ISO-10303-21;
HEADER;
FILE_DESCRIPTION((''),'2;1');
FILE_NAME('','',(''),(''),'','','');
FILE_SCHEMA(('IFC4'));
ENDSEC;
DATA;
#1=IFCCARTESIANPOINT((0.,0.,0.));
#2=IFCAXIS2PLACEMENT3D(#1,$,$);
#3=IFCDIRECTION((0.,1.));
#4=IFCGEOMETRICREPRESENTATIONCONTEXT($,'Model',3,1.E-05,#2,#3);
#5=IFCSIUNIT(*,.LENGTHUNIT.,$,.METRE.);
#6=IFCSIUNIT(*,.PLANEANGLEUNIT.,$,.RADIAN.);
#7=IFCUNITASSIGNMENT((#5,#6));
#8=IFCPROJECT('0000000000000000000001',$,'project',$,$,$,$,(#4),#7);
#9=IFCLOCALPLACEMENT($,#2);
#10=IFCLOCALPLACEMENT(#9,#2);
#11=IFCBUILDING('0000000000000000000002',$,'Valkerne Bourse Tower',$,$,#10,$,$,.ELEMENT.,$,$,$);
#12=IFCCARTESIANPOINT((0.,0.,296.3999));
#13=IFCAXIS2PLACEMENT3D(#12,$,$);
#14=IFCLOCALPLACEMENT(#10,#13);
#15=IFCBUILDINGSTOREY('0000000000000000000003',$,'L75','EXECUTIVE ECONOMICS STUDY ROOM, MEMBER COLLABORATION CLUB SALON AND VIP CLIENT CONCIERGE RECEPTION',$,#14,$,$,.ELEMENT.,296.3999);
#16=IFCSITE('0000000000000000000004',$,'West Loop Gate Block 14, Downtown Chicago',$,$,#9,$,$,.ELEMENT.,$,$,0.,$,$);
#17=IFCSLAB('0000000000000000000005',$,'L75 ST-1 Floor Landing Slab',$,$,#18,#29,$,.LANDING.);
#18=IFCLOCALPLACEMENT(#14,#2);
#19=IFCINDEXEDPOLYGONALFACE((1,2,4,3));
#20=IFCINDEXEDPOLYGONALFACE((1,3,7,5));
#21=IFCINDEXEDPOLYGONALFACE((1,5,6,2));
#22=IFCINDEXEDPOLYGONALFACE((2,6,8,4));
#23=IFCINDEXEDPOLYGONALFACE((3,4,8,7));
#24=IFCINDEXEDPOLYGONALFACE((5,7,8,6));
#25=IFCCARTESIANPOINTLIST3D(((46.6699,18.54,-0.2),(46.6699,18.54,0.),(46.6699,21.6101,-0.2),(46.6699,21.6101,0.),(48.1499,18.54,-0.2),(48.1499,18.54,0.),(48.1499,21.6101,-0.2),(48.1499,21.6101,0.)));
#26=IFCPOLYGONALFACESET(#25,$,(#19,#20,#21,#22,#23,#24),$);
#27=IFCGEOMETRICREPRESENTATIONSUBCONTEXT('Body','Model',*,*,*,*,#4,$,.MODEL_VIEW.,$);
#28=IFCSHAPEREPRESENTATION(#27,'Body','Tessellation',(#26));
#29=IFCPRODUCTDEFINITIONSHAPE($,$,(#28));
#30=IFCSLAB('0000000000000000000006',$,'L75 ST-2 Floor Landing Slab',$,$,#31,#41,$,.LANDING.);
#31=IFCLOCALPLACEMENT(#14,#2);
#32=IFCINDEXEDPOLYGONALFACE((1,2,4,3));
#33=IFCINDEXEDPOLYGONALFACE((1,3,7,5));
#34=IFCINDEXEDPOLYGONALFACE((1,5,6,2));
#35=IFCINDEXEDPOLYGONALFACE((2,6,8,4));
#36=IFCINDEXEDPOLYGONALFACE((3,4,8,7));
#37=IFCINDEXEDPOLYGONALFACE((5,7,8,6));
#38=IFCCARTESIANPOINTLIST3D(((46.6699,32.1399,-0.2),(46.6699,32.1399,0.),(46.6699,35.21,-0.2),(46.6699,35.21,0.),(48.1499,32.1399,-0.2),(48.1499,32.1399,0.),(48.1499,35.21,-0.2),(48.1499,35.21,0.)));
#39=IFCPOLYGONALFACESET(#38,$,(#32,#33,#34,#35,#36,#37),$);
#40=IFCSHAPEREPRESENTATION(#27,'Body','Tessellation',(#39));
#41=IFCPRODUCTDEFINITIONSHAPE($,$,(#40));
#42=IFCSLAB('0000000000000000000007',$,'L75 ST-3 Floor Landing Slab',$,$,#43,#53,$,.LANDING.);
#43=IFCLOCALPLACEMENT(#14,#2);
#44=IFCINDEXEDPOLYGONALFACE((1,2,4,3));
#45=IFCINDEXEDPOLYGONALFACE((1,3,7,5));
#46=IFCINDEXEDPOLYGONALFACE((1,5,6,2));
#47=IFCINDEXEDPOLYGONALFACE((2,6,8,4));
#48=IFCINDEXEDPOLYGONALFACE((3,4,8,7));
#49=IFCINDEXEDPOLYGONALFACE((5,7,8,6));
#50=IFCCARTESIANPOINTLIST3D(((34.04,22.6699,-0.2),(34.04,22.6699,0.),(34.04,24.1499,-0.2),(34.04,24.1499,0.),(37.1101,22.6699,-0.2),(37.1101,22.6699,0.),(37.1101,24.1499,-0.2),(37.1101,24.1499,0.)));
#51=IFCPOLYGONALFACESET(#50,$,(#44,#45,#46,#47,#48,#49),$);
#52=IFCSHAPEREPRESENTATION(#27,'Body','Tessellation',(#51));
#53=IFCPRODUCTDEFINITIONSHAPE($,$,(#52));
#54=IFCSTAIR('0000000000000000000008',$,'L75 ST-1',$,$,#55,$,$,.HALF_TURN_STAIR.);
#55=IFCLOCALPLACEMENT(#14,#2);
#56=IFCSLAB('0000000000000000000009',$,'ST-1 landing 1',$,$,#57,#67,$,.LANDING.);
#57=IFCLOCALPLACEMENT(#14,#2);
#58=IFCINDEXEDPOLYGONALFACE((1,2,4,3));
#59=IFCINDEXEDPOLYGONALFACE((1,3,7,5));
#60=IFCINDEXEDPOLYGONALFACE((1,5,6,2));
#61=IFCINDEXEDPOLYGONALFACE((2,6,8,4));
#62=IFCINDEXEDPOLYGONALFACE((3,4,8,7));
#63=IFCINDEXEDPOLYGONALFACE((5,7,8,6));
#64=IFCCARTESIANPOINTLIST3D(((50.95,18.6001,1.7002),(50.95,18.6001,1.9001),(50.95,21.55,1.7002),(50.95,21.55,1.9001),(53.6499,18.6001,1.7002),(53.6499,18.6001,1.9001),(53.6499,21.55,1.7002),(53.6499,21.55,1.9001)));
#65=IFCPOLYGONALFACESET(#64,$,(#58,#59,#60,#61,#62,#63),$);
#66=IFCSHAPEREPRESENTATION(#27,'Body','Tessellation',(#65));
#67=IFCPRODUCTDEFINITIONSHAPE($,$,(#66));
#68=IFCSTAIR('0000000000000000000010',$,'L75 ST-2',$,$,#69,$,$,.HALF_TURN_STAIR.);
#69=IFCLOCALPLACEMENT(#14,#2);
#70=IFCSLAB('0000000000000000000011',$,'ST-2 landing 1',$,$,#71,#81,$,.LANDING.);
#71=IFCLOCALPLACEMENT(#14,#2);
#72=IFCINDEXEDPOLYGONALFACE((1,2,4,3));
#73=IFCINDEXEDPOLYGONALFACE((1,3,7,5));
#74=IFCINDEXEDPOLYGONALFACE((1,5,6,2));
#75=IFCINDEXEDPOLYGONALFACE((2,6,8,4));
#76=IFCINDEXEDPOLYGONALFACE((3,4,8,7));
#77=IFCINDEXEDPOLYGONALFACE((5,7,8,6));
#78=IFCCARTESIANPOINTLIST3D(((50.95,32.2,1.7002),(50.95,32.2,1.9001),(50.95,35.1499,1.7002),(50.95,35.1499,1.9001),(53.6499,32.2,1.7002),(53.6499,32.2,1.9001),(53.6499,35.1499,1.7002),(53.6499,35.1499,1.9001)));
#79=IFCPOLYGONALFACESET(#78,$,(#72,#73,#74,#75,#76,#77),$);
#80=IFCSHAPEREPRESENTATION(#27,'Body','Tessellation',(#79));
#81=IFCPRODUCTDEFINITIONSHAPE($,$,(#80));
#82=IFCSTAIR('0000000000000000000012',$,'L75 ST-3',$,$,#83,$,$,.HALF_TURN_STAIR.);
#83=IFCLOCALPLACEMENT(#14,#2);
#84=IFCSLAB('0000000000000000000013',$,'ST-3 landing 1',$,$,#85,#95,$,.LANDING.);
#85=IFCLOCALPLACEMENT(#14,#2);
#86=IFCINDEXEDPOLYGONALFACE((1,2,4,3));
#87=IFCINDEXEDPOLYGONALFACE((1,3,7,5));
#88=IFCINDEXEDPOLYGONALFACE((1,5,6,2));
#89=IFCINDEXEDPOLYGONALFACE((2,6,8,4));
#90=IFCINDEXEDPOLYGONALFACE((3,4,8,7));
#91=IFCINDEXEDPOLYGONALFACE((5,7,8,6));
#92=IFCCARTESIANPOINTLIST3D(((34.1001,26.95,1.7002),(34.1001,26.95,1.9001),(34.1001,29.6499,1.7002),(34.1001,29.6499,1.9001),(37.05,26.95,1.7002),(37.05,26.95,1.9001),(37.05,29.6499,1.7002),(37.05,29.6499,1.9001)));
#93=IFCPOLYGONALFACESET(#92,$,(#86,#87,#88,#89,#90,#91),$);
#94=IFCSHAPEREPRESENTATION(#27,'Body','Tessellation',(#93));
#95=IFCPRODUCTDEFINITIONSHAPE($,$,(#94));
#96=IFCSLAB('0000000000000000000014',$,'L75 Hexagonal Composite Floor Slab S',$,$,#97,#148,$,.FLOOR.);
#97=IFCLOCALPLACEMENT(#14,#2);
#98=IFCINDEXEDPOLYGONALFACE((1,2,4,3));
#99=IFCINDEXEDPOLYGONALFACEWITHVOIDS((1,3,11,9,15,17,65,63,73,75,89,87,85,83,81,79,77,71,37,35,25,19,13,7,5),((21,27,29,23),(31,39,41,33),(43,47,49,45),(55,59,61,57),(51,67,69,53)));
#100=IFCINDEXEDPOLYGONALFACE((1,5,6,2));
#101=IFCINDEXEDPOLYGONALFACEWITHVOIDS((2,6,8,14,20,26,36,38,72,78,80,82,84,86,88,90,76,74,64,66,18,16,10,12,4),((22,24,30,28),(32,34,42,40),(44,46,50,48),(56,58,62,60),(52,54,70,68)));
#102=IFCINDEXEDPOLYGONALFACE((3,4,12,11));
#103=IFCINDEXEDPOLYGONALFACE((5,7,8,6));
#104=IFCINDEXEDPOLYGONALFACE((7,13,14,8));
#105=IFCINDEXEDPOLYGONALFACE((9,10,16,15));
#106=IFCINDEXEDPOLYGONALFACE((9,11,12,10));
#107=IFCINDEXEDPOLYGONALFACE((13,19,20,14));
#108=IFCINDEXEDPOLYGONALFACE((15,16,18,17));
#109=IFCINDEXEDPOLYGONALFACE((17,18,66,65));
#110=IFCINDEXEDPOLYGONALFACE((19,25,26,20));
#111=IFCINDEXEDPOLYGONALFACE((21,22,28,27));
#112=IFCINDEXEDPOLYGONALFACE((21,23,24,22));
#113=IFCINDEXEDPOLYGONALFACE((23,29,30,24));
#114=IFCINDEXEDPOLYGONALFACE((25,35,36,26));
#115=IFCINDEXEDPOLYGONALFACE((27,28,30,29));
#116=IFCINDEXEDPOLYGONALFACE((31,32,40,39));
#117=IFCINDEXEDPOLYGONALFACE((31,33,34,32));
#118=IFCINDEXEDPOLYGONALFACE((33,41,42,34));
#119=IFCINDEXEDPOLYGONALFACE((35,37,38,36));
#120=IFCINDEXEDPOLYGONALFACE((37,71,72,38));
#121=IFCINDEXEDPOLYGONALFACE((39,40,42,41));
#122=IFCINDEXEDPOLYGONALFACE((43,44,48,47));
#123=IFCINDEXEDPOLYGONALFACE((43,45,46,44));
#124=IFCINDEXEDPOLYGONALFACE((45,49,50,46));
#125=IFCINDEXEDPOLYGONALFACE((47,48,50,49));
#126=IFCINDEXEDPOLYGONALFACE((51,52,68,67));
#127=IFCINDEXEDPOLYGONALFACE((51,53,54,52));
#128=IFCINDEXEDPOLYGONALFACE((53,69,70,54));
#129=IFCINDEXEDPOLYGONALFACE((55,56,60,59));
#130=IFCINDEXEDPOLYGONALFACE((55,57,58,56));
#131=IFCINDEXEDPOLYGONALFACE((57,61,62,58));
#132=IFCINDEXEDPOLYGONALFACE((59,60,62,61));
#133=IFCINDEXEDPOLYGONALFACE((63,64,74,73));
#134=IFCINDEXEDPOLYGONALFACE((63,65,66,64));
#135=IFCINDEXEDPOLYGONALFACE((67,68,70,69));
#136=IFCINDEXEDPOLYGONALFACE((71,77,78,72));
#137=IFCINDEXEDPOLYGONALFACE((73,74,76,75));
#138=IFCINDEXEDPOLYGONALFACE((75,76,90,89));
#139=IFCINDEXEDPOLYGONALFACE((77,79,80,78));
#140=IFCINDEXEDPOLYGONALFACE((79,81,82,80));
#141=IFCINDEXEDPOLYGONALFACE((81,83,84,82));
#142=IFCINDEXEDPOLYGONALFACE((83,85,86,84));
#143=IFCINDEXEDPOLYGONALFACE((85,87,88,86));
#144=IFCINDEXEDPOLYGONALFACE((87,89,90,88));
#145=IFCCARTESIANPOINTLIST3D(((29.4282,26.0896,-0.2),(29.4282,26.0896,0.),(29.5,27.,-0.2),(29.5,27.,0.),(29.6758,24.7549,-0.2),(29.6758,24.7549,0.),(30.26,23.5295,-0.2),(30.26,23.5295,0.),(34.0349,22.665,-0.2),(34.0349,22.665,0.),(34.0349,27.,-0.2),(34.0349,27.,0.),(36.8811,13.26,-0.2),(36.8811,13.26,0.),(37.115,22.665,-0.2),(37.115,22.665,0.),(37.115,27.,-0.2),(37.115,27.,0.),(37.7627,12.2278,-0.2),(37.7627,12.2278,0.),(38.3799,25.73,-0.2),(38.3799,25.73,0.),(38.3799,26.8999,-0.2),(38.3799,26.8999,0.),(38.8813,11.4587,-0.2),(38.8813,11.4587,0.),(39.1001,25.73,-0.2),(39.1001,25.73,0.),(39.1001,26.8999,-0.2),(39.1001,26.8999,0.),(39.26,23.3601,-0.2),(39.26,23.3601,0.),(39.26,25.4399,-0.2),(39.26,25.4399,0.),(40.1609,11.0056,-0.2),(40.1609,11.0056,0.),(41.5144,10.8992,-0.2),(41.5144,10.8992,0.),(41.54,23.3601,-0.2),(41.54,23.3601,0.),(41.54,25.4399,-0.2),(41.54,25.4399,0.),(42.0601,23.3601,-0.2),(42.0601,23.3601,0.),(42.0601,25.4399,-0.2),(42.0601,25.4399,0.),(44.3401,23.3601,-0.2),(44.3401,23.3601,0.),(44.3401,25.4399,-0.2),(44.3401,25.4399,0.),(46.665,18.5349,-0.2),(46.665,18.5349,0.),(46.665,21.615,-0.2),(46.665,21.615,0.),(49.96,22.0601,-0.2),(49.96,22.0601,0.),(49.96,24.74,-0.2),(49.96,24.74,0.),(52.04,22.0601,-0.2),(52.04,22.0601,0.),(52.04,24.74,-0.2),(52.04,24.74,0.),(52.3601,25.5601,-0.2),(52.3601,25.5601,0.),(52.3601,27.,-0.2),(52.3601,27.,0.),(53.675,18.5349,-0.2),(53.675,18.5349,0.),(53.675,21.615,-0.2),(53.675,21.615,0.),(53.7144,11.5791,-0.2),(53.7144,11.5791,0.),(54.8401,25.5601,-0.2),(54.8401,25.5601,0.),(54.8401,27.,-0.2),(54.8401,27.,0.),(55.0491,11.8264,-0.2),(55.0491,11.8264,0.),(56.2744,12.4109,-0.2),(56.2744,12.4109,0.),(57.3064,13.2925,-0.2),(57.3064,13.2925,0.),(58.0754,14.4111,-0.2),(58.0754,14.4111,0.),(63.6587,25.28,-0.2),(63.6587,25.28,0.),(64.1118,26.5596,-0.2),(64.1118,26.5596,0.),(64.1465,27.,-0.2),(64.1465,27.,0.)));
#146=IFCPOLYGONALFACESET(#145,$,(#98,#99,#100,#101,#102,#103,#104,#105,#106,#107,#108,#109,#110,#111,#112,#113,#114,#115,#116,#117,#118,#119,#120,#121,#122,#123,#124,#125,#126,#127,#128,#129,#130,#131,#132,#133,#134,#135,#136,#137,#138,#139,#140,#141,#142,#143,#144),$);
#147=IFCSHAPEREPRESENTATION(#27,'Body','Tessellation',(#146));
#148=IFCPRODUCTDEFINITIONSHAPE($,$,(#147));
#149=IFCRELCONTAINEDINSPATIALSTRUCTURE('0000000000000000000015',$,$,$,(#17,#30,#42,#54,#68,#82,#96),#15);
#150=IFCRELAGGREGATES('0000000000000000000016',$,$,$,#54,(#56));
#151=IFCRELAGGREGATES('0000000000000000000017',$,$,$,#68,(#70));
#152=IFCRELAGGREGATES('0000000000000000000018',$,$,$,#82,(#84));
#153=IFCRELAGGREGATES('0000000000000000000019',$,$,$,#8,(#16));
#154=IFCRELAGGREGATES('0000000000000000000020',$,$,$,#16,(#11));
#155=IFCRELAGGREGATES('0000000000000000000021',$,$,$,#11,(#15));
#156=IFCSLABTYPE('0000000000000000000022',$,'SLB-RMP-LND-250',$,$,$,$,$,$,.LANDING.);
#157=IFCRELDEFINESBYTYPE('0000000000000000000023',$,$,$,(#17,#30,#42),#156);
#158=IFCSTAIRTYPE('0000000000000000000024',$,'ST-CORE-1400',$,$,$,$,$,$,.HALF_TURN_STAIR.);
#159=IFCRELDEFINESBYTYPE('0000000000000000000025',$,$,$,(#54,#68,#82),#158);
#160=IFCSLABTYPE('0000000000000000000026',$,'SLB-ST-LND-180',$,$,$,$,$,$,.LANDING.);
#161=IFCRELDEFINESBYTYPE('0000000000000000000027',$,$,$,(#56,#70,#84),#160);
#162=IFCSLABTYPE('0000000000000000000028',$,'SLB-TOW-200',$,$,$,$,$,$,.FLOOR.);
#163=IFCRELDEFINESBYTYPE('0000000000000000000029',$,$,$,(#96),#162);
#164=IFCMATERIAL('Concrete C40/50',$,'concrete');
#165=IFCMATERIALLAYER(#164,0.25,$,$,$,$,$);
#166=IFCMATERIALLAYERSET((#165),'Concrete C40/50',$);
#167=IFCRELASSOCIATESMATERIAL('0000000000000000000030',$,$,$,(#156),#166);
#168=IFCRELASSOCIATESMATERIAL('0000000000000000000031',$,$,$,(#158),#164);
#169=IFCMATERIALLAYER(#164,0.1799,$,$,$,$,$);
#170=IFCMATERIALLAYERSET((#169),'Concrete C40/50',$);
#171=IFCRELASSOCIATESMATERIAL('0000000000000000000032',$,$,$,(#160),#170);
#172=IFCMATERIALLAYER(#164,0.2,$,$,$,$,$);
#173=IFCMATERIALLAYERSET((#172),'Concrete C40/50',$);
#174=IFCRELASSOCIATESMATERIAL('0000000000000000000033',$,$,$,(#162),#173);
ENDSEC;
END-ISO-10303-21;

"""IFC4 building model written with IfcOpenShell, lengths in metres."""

from ifc_helpers import new_model, si_unit, direction, frame, origin, place, context, subcontext, project, spatial, polyline, outline, extrude, material, layer, layer_set, type_object, element, aggregate, save


model = new_model("IFC4")

# Units and contexts
model_context = context("Model", 3, precision=1e-05, world=origin(), true_north=direction((0.0, 1.0)))
body_context = subcontext(model_context, "Body", "Model", "MODEL_VIEW")
ifc_project = project(units=[si_unit("LENGTHUNIT", "METRE"), si_unit("PLANEANGLEUNIT", "RADIAN")], contexts=[model_context])

# Site, building, storey
site_placement = place(None, origin())
site = spatial("IfcSite", under=ifc_project, at=site_placement, Name="West Loop Gate Block 14, Downtown Chicago", CompositionType="ELEMENT", RefElevation=0.0)
building_placement = place(site_placement, origin())
building = spatial("IfcBuilding", under=site, at=building_placement, Name="Valkerne Bourse Tower", CompositionType="ELEMENT")
storey_placement = place(building_placement, frame((0.0, 0.0, 296.3999)))
storey = spatial("IfcBuildingStorey", under=building, at=storey_placement, Name="L75", Description="EXECUTIVE ECONOMICS STUDY ROOM, MEMBER COLLABORATION CLUB SALON AND VIP CLIENT CONCIERGE RECEPTION", CompositionType="ELEMENT", Elevation=296.3999)

# Slabs
ifc_material_1 = material(Name="Concrete C40/50", Category="concrete")
ifc_layer_1 = layer(ifc_material_1, 0.25)
ifc_layer_set_1 = layer_set([ifc_layer_1], Name="Concrete C40/50")
slab_type_1 = type_object("IfcSlabType", Name="SLB-RMP-LND-250", PredefinedType="LANDING", material=ifc_layer_set_1)
slab_1_placement = place(storey_placement, frame((0.0, 0.0, -0.2)))
element("IfcSlab", 1, at=slab_1_placement, inside=storey, type_object=slab_type_1, Name="L75 ST-1 Floor Landing Slab", PredefinedType="LANDING", context=body_context, shape_type="SweptSolid", body=[
    extrude(outline(polyline([(46.6699, 18.54), (48.1499, 18.54), (48.1499, 21.6101), (46.6699, 21.6101), (46.6699, 18.54)])), origin(), (0.0, 0.0, 1.0), 0.2),
])
slab_2_placement = place(storey_placement, frame((0.0, 0.0, -0.2)))
element("IfcSlab", 2, at=slab_2_placement, inside=storey, type_object=slab_type_1, Name="L75 ST-2 Floor Landing Slab", PredefinedType="LANDING", context=body_context, shape_type="SweptSolid", body=[
    extrude(outline(polyline([(46.6699, 32.1399), (48.1499, 32.1399), (48.1499, 35.21), (46.6699, 35.21), (46.6699, 32.1399)])), origin(), (0.0, 0.0, 1.0), 0.2),
])
slab_3_placement = place(storey_placement, frame((0.0, 0.0, -0.2)))
element("IfcSlab", 3, at=slab_3_placement, inside=storey, type_object=slab_type_1, Name="L75 ST-3 Floor Landing Slab", PredefinedType="LANDING", context=body_context, shape_type="SweptSolid", body=[
    extrude(outline(polyline([(37.1101, 22.6699), (37.1101, 24.1499), (34.04, 24.1499), (34.04, 22.6699), (37.1101, 22.6699)])), origin(), (0.0, 0.0, 1.0), 0.2),
])

# Stairs, slabs
stair_type = type_object("IfcStairType", Name="ST-CORE-1400", PredefinedType="HALF_TURN_STAIR", material=ifc_material_1)
stair_1_placement = place(storey_placement, origin())
stair_1 = element("IfcStair", 4, at=stair_1_placement, inside=storey, type_object=stair_type, Name="L75 ST-1", PredefinedType="HALF_TURN_STAIR")
ifc_layer_2 = layer(ifc_material_1, 0.1799)
ifc_layer_set_2 = layer_set([ifc_layer_2], Name="Concrete C40/50")
slab_type_2 = type_object("IfcSlabType", Name="SLB-ST-LND-180", PredefinedType="LANDING", material=ifc_layer_set_2)
slab_4_placement = place(storey_placement, frame((0.0, 0.0, 1.7002)))
slab_4 = element("IfcSlab", 5, at=slab_4_placement, type_object=slab_type_2, Name="ST-1 landing 1", PredefinedType="LANDING", context=body_context, shape_type="SweptSolid", body=[
    extrude(outline(polyline([(50.95, 18.6001), (53.6499, 18.6001), (53.6499, 21.55), (50.95, 21.55), (50.95, 18.6001)])), origin(), (0.0, 0.0, 1.0), 0.2),
])
aggregate(stair_1, [slab_4])
stair_2_placement = place(storey_placement, origin())
stair_2 = element("IfcStair", 6, at=stair_2_placement, inside=storey, type_object=stair_type, Name="L75 ST-2", PredefinedType="HALF_TURN_STAIR")
slab_5_placement = place(storey_placement, frame((0.0, 0.0, 1.7002)))
slab_5 = element("IfcSlab", 7, at=slab_5_placement, type_object=slab_type_2, Name="ST-2 landing 1", PredefinedType="LANDING", context=body_context, shape_type="SweptSolid", body=[
    extrude(outline(polyline([(50.95, 32.2), (53.6499, 32.2), (53.6499, 35.1499), (50.95, 35.1499), (50.95, 32.2)])), origin(), (0.0, 0.0, 1.0), 0.2),
])
aggregate(stair_2, [slab_5])
stair_3_placement = place(storey_placement, origin())
stair_3 = element("IfcStair", 8, at=stair_3_placement, inside=storey, type_object=stair_type, Name="L75 ST-3", PredefinedType="HALF_TURN_STAIR")
slab_6_placement = place(storey_placement, frame((0.0, 0.0, 1.7002)))
slab_6 = element("IfcSlab", 9, at=slab_6_placement, type_object=slab_type_2, Name="ST-3 landing 1", PredefinedType="LANDING", context=body_context, shape_type="SweptSolid", body=[
    extrude(outline(polyline([(37.05, 26.95), (37.05, 29.6499), (34.1001, 29.6499), (34.1001, 26.95), (37.05, 26.95)])), origin(), (0.0, 0.0, 1.0), 0.2),
])
aggregate(stair_3, [slab_6])

# Slab
ifc_layer_3 = layer(ifc_material_1, 0.2)
ifc_layer_set_3 = layer_set([ifc_layer_3], Name="Concrete C40/50")
slab_type_3 = type_object("IfcSlabType", Name="SLB-TOW-200", PredefinedType="FLOOR", material=ifc_layer_set_3)
slab_7_placement = place(storey_placement, frame((0.0, 0.0, -0.2)))
element("IfcSlab", 10, at=slab_7_placement, inside=storey, type_object=slab_type_3, Name="L75 Hexagonal Composite Floor Slab S", PredefinedType="FLOOR", context=body_context, shape_type="SweptSolid", body=[
    extrude(outline(polyline([(64.1118, 26.5596), (63.6587, 25.28), (58.0754, 14.4111), (57.3064, 13.2925), (56.2744, 12.4109), (55.0491, 11.8264), (53.7144, 11.5791), (41.5144, 10.8992), (40.1609, 11.0056), (38.8813, 11.4587), (37.7627, 12.2278), (36.8811, 13.26), (30.26, 23.5295), (29.6758, 24.7549), (29.4282, 26.0896), (29.5, 27.0), (34.0349, 27.0), (34.0349, 22.665), (37.115, 22.665), (37.115, 27.0), (52.3601, 27.0), (52.3601, 25.5601), (54.8401, 25.5601), (54.8401, 27.0), (64.1465, 27.0), (64.1118, 26.5596)]), holes=[polyline([(39.26, 25.4399), (39.26, 23.3601), (41.54, 23.3601), (41.54, 25.4399), (39.26, 25.4399)]), polyline([(44.3401, 25.4399), (42.0601, 25.4399), (42.0601, 23.3601), (44.3401, 23.3601), (44.3401, 25.4399)]), polyline([(38.3799, 26.8999), (38.3799, 25.73), (39.1001, 25.73), (39.1001, 26.8999), (38.3799, 26.8999)]), polyline([(46.665, 21.615), (46.665, 18.5349), (53.675, 18.5349), (53.675, 21.615), (46.665, 21.615)]), polyline([(52.04, 24.74), (49.96, 24.74), (49.96, 22.0601), (52.04, 22.0601), (52.04, 24.74)])]), origin(), (0.0, 0.0, 1.0), 0.2),
])

save(model, "model.ifc")
